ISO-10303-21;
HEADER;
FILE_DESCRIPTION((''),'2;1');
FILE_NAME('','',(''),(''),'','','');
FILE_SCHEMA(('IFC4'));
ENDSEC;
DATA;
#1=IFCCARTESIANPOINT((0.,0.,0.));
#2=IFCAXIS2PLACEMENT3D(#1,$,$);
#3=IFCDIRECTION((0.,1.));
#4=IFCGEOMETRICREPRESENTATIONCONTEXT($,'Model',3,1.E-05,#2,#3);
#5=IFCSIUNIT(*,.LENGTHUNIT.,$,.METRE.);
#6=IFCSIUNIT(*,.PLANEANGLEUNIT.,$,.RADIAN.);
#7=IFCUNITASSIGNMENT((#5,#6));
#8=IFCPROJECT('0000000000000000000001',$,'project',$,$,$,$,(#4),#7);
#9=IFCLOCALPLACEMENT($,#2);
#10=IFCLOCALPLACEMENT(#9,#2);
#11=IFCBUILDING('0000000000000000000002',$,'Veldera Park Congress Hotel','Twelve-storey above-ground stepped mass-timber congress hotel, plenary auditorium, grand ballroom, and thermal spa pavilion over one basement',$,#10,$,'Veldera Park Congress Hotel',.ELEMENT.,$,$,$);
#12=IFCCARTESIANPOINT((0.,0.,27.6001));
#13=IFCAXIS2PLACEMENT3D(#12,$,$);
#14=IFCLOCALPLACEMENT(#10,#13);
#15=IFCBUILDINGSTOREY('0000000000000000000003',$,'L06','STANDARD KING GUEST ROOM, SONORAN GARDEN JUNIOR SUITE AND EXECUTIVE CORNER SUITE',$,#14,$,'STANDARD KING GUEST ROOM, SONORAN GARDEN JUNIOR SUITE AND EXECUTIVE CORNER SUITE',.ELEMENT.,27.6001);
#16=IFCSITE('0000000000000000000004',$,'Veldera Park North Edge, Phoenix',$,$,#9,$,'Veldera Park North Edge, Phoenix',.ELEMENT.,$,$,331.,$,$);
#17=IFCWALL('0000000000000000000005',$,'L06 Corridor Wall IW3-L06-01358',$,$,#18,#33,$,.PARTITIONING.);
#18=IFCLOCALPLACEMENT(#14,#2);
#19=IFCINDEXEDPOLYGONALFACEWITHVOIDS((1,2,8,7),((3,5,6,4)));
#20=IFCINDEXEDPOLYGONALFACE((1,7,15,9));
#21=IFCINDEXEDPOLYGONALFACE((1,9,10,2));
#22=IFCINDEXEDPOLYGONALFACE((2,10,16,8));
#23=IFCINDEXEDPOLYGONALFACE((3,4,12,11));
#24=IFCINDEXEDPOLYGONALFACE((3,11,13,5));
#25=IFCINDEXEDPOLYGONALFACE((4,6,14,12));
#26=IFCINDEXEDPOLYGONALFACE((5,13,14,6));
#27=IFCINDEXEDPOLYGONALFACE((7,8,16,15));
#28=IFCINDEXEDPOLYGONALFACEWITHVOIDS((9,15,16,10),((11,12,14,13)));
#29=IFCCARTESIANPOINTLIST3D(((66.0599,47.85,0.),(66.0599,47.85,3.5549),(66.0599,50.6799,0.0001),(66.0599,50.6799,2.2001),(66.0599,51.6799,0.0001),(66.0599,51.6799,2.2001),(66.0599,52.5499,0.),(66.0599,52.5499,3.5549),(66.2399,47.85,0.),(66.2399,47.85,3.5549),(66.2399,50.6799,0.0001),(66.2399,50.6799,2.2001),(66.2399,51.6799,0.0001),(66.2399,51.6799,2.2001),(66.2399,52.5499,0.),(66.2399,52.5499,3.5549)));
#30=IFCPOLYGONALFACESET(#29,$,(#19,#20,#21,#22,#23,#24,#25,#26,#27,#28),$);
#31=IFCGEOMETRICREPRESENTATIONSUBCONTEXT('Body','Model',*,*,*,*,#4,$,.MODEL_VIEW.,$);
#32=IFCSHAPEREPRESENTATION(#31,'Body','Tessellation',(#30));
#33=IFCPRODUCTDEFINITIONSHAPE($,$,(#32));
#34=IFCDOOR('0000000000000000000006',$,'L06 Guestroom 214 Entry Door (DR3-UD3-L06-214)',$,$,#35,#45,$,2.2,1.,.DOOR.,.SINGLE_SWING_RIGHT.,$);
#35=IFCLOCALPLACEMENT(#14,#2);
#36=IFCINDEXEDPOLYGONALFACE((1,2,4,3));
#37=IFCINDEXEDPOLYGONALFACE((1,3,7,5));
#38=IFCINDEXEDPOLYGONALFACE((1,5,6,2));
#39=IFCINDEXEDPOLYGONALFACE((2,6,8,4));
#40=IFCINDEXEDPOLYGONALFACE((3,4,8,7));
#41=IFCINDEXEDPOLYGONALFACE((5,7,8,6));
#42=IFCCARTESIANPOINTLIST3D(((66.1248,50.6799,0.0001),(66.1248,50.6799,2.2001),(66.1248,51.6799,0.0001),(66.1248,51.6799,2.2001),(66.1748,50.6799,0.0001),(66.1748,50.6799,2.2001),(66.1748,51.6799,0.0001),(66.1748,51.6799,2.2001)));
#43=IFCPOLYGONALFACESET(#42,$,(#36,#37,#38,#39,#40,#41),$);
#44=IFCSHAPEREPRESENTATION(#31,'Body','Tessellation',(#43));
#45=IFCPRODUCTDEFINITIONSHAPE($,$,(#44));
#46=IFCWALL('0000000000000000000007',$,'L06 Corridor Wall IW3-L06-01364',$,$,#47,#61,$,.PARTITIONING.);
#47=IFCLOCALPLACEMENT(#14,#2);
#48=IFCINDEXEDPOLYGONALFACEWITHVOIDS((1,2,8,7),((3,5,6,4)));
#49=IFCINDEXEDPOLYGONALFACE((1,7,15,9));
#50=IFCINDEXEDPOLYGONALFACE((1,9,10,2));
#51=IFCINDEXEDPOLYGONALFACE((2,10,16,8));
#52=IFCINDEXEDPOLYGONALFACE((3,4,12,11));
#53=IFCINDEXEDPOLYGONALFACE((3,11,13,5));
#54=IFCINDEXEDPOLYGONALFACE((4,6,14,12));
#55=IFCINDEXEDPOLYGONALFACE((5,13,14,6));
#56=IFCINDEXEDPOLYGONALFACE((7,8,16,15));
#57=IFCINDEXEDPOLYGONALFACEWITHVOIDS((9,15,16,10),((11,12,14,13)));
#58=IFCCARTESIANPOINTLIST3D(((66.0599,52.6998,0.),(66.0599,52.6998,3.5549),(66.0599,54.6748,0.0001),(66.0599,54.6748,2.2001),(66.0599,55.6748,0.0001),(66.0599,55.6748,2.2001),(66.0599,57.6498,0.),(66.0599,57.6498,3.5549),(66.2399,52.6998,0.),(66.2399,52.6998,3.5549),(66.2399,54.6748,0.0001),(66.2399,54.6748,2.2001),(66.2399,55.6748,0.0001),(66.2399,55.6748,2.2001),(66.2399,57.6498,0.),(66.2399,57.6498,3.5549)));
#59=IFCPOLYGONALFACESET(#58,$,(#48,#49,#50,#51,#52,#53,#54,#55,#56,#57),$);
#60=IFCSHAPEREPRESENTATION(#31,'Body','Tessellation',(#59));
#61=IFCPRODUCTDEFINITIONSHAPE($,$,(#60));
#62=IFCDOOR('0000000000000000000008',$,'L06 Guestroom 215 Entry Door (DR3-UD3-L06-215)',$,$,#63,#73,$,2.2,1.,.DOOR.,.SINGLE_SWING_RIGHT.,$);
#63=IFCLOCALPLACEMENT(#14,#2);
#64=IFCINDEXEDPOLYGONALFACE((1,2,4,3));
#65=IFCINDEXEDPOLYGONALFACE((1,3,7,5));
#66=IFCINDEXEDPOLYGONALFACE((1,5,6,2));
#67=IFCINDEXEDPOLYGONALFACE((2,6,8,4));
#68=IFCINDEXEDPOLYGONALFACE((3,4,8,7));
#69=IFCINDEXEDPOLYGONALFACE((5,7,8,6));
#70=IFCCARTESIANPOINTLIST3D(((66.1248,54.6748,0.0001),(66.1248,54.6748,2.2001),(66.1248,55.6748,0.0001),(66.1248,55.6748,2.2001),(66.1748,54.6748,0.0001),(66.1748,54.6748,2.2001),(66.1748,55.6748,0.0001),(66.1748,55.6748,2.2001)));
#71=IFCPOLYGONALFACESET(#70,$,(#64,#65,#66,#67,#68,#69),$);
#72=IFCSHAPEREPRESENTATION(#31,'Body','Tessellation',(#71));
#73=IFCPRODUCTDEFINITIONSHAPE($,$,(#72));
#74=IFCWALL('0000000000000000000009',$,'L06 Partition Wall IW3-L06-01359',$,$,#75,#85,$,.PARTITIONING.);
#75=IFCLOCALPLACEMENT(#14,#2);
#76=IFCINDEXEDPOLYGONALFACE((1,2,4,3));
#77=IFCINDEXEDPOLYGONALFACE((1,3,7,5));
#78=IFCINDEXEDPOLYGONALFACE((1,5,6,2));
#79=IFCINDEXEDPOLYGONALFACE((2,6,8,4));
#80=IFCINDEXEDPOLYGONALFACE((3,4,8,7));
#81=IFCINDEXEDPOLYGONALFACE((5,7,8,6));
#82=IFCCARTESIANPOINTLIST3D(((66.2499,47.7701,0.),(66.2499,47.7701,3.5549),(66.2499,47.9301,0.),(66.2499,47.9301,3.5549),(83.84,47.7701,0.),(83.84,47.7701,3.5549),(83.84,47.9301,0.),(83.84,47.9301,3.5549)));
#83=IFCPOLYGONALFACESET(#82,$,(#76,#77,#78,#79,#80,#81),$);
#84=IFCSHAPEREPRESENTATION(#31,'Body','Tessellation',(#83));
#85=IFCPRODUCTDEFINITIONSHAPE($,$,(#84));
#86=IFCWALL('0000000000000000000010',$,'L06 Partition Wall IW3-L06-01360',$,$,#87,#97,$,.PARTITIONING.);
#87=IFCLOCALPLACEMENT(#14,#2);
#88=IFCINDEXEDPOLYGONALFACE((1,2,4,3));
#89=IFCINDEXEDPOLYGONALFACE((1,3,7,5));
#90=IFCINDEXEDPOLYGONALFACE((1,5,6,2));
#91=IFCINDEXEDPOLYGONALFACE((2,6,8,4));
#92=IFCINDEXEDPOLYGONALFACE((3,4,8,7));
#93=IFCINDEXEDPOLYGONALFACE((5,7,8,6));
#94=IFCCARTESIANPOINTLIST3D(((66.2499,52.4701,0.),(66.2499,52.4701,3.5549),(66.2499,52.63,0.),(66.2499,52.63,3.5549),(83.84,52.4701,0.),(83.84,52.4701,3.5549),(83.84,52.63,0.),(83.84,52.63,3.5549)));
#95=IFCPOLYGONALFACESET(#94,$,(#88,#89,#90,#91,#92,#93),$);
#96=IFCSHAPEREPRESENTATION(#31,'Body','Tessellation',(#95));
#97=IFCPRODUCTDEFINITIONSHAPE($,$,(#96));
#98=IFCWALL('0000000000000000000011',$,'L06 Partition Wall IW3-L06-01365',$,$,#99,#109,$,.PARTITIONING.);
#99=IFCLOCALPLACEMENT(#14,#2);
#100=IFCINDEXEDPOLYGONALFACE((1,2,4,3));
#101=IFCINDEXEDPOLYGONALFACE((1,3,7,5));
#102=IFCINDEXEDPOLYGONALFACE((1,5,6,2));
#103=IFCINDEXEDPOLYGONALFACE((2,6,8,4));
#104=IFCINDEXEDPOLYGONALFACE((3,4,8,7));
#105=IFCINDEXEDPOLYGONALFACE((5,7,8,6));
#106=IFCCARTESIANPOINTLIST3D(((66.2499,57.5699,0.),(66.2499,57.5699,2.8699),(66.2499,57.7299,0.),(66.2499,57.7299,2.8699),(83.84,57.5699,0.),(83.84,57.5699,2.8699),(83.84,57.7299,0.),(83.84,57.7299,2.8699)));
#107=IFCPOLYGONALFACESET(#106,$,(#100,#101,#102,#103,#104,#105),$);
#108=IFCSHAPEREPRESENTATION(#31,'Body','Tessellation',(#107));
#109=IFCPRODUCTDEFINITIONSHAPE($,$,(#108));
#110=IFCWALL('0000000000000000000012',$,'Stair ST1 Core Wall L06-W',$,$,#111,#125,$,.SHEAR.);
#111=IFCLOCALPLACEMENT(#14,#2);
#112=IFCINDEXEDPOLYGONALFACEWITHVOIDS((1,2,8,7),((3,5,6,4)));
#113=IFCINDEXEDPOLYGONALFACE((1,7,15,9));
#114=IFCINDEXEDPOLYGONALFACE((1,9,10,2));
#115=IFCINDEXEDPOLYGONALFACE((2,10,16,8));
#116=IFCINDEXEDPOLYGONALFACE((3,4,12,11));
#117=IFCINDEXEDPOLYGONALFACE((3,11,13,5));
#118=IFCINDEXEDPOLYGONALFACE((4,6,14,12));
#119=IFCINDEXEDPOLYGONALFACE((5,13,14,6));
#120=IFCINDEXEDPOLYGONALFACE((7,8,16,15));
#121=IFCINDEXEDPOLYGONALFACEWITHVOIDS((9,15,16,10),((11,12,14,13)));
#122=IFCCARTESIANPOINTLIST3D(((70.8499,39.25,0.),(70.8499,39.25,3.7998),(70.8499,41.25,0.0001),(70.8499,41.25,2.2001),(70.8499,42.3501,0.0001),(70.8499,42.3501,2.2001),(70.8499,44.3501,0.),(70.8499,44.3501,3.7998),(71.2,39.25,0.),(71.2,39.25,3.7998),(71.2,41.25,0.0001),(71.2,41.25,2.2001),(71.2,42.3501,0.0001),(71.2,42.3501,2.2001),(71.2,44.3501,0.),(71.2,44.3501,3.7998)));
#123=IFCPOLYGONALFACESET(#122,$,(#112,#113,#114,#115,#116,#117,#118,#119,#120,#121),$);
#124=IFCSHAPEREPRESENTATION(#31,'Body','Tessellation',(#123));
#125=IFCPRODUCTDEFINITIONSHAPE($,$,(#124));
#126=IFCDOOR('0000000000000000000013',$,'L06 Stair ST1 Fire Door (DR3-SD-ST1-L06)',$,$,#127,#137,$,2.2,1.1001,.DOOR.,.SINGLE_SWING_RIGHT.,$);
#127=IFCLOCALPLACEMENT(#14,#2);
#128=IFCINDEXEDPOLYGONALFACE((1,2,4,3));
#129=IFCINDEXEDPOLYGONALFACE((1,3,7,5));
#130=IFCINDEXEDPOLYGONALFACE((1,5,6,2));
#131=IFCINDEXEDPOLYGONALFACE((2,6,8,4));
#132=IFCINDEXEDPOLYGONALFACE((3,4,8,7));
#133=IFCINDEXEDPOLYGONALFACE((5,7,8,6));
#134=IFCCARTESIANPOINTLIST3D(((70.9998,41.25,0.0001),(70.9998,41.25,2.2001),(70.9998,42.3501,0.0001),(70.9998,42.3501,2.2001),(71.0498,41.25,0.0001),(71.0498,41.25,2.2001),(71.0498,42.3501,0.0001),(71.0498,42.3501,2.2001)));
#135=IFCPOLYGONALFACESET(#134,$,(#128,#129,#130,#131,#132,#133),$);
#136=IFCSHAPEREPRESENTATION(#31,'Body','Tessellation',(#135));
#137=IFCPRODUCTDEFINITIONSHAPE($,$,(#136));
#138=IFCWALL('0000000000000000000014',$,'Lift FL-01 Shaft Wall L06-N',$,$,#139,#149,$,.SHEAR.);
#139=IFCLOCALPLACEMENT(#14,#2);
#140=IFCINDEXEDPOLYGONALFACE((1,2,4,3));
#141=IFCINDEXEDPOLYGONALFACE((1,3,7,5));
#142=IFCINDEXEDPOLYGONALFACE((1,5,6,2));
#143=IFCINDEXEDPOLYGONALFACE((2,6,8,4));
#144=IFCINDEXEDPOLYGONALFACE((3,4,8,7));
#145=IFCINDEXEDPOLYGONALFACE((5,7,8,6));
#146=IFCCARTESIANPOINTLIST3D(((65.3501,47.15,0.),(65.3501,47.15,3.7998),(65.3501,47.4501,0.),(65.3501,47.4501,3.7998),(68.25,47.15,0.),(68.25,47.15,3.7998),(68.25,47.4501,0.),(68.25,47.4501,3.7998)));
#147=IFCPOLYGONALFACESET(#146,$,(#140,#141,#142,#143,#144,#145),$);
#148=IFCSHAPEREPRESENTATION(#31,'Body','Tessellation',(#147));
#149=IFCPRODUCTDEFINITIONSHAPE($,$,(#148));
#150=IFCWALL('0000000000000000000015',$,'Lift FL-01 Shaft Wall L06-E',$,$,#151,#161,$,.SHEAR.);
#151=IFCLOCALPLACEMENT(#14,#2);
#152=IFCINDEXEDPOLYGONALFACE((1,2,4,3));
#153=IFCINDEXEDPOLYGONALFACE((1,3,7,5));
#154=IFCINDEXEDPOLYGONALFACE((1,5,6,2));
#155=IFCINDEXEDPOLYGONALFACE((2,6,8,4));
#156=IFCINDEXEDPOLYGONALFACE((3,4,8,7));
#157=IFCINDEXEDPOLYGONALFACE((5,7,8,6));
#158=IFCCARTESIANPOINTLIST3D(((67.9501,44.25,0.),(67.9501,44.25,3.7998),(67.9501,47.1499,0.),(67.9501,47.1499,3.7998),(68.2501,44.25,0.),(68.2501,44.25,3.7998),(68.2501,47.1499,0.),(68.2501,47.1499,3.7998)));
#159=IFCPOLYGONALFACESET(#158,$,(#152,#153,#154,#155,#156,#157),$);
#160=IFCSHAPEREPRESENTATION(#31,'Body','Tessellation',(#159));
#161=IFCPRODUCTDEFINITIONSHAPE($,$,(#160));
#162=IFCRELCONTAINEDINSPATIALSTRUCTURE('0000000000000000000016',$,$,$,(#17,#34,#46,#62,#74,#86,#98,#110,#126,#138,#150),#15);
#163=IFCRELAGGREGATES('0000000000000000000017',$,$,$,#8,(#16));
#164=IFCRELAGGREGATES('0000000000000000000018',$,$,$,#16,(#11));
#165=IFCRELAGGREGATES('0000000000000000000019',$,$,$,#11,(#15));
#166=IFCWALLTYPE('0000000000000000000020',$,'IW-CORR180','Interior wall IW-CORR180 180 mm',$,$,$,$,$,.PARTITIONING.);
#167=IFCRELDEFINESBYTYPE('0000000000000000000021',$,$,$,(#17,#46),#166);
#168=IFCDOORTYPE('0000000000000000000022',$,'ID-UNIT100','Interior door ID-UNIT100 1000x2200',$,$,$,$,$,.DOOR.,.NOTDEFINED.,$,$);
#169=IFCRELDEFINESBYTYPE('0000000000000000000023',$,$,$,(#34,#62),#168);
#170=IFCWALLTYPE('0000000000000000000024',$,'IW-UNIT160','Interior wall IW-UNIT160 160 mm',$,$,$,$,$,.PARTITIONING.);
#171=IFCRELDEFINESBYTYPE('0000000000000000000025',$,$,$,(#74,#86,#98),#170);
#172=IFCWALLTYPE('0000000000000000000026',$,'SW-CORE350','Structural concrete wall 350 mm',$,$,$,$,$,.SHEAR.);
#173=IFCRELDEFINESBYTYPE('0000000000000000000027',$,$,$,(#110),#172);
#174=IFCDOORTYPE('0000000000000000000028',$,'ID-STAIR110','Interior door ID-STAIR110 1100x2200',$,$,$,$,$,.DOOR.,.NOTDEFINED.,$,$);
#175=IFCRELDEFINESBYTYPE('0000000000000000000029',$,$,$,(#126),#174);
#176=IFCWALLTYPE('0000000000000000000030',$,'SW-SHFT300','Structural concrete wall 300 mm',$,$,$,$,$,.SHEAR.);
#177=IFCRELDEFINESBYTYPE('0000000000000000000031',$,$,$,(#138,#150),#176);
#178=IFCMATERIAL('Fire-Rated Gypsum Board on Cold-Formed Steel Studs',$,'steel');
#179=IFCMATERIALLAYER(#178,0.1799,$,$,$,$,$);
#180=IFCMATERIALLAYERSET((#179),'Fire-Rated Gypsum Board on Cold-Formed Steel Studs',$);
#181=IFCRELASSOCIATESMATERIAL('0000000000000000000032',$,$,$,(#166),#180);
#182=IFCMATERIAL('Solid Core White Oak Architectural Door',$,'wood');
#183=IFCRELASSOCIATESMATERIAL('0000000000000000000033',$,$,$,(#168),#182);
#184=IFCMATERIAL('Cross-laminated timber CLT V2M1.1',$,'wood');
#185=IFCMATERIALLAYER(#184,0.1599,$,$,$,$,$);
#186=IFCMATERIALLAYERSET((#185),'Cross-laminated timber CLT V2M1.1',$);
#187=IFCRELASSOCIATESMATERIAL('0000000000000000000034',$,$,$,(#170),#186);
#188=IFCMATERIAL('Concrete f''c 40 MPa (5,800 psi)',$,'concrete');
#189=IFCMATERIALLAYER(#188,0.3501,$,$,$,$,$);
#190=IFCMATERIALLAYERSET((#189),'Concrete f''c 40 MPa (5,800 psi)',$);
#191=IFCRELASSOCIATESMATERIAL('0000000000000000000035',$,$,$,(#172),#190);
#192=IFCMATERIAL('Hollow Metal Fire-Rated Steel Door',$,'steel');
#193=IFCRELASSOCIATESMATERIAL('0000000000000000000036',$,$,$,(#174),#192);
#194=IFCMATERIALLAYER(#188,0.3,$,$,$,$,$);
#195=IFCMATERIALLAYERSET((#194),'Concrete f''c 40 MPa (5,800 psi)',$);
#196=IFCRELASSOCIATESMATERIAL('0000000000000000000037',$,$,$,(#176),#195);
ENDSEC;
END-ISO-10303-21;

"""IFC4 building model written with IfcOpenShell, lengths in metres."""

from ifc_helpers import new_model, si_unit, direction, frame, frame_2d, origin, place, context, subcontext, project, spatial, rectangle, extrude, material, layer, layer_set, type_object, element, fill, save


model = new_model("IFC4")

# Units and contexts
model_context = context("Model", 3, precision=1e-05, world=origin(), true_north=direction((0.0, 1.0)))
body_context = subcontext(model_context, "Body", "Model", "MODEL_VIEW")
ifc_project = project(units=[si_unit("LENGTHUNIT", "METRE"), si_unit("PLANEANGLEUNIT", "RADIAN")], contexts=[model_context])

# Site, building, storey
site_placement = place(None, origin())
site = spatial("IfcSite", under=ifc_project, at=site_placement, Name="Veldera Park North Edge, Phoenix", LongName="Veldera Park North Edge, Phoenix", CompositionType="ELEMENT", RefElevation=331.0)
building_placement = place(site_placement, origin())
building = spatial("IfcBuilding", under=site, at=building_placement, Name="Veldera Park Congress Hotel", Description="Twelve-storey above-ground stepped mass-timber congress hotel, plenary auditorium, grand ballroom, and thermal spa pavilion over one basement", LongName="Veldera Park Congress Hotel", CompositionType="ELEMENT")
storey_placement = place(building_placement, frame((0.0, 0.0, 27.6001)))
storey = spatial("IfcBuildingStorey", under=building, at=storey_placement, Name="L06", Description="STANDARD KING GUEST ROOM, SONORAN GARDEN JUNIOR SUITE AND EXECUTIVE CORNER SUITE", LongName="STANDARD KING GUEST ROOM, SONORAN GARDEN JUNIOR SUITE AND EXECUTIVE CORNER SUITE", CompositionType="ELEMENT", Elevation=27.6001)

# Shared definitions
ifc_material_1 = material(Name="Cross-laminated timber CLT V2M1.1", Category="wood")

# Walls, openings, doors
ifc_material_2 = material(Name="Fire-Rated Gypsum Board on Cold-Formed Steel Studs", Category="steel")
ifc_layer_1 = layer(ifc_material_2, 0.1799)
ifc_layer_set_1 = layer_set([ifc_layer_1], Name="Fire-Rated Gypsum Board on Cold-Formed Steel Studs")
wall_type_1 = type_object("IfcWallType", Name="IW-CORR180", Description="Interior wall IW-CORR180 180 mm", PredefinedType="PARTITIONING", material=ifc_layer_set_1)
wall_1_placement = place(storey_placement, frame((66.1499, 52.55, 0.0), z_axis=(0.0, 0.0, 1.0), x_axis=(0.0, -1.0, 0.0)))
wall_1 = element("IfcWall", 1, at=wall_1_placement, inside=storey, type_object=wall_type_1, Name="L06 Corridor Wall IW3-L06-01358", PredefinedType="PARTITIONING", context=body_context, shape_type="SweptSolid", body=[
    extrude(rectangle(XDim=4.7, YDim=0.1799, at=frame_2d((2.3501, 0.0))), origin(), (0.0, 0.0, 1.0), 3.5549),
])
opening_1_placement = place(wall_1_placement, frame((0.8701, 0.0, 0.0)))
opening_1 = element("IfcOpeningElement", 2, at=opening_1_placement, cuts=wall_1, PredefinedType="OPENING", context=body_context, shape_type="SweptSolid", body=[
    extrude(rectangle(XDim=1.0, YDim=2.2, at=frame_2d((0.5, 1.1001))), frame((0.0, 0.1021, 0.0), z_axis=(0.0, -1.0, 0.0), x_axis=(1.0, 0.0, 0.0)), (0.0, 0.0, 1.0), 0.2039),
])
ifc_material_3 = material(Name="Solid Core White Oak Architectural Door", Category="wood")
door_type_1 = type_object("IfcDoorType", Name="ID-UNIT100", Description="Interior door ID-UNIT100 1000x2200", OperationType="NOTDEFINED", PredefinedType="DOOR", material=ifc_material_3)
door_1_placement = place(opening_1_placement, origin())
door_1 = element("IfcDoor", 3, at=door_1_placement, inside=storey, type_object=door_type_1, Name="L06 Guestroom 214 Entry Door (DR3-UD3-L06-214)", OperationType="SINGLE_SWING_RIGHT", OverallHeight=2.2, OverallWidth=1.0, PredefinedType="DOOR", context=body_context, shape_type="SweptSolid", body=[
    extrude(rectangle(XDim=1.0, YDim=2.2, at=frame_2d((0.5, 1.1001))), frame((0.0, 0.0249, 0.0), z_axis=(0.0, -1.0, 0.0), x_axis=(1.0, 0.0, 0.0)), (0.0, 0.0, 1.0), 0.05),
])
fill(opening_1, door_1)
wall_2_placement = place(storey_placement, frame((66.1499, 57.6499, 0.0), z_axis=(0.0, 0.0, 1.0), x_axis=(0.0, -1.0, 0.0)))
wall_2 = element("IfcWall", 4, at=wall_2_placement, inside=storey, type_object=wall_type_1, Name="L06 Corridor Wall IW3-L06-01364", PredefinedType="PARTITIONING", context=body_context, shape_type="SweptSolid", body=[
    extrude(rectangle(XDim=4.95, YDim=0.1799, at=frame_2d((2.4751, 0.0))), origin(), (0.0, 0.0, 1.0), 3.5549),
])
opening_2_placement = place(wall_2_placement, frame((1.9751, 0.0, 0.0)))
opening_2 = element("IfcOpeningElement", 5, at=opening_2_placement, cuts=wall_2, PredefinedType="OPENING", context=body_context, shape_type="SweptSolid", body=[
    extrude(rectangle(XDim=1.0, YDim=2.2, at=frame_2d((0.5, 1.1001))), frame((0.0, 0.1021, 0.0), z_axis=(0.0, -1.0, 0.0), x_axis=(1.0, 0.0, 0.0)), (0.0, 0.0, 1.0), 0.2039),
])
door_2_placement = place(opening_2_placement, origin())
door_2 = element("IfcDoor", 6, at=door_2_placement, inside=storey, type_object=door_type_1, Name="L06 Guestroom 215 Entry Door (DR3-UD3-L06-215)", OperationType="SINGLE_SWING_RIGHT", OverallHeight=2.2, OverallWidth=1.0, PredefinedType="DOOR", context=body_context, shape_type="SweptSolid", body=[
    extrude(rectangle(XDim=1.0, YDim=2.2, at=frame_2d((0.5, 1.1001))), frame((0.0, 0.0249, 0.0), z_axis=(0.0, -1.0, 0.0), x_axis=(1.0, 0.0, 0.0)), (0.0, 0.0, 1.0), 0.05),
])
fill(opening_2, door_2)

# Walls
ifc_layer_2 = layer(ifc_material_1, 0.1599)
ifc_layer_set_2 = layer_set([ifc_layer_2], Name="Cross-laminated timber CLT V2M1.1")
wall_type_2 = type_object("IfcWallType", Name="IW-UNIT160", Description="Interior wall IW-UNIT160 160 mm", PredefinedType="PARTITIONING", material=ifc_layer_set_2)
for number, where, z_axis, x_axis, name in (
    (7, (66.25, 47.8501, 0.0), (0.0, 0.0, 1.0), (1.0, 0.0, 0.0), "L06 Partition Wall IW3-L06-01359"),
    (8, (66.25, 52.55, 0.0), (0.0, 0.0, 1.0), (1.0, 0.0, 0.0), "L06 Partition Wall IW3-L06-01360"),
):
    element("IfcWall", number, at=place(storey_placement, frame(where, z_axis=z_axis, x_axis=x_axis)), inside=storey, type_object=wall_type_2, Name=name, PredefinedType="PARTITIONING", context=body_context, shape_type="SweptSolid", body=[
        extrude(rectangle(XDim=17.5901, YDim=0.1599, at=frame_2d((8.7949, 0.0))), origin(), (0.0, 0.0, 1.0), 3.5549),
    ])
wall_3_placement = place(storey_placement, frame((66.25, 57.6499, 0.0), z_axis=(0.0, 0.0, 1.0), x_axis=(1.0, 0.0, 0.0)))
element("IfcWall", 9, at=wall_3_placement, inside=storey, type_object=wall_type_2, Name="L06 Partition Wall IW3-L06-01365", PredefinedType="PARTITIONING", context=body_context, shape_type="SweptSolid", body=[
    extrude(rectangle(XDim=17.5901, YDim=0.1599, at=frame_2d((8.7949, 0.0))), origin(), (0.0, 0.0, 1.0), 2.8699),
])

# Wall, opening, door
ifc_material_4 = material(Name="Concrete f'c 40 MPa (5,800 psi)", Category="concrete")
ifc_layer_3 = layer(ifc_material_4, 0.3501)
ifc_layer_set_3 = layer_set([ifc_layer_3], Name="Concrete f'c 40 MPa (5,800 psi)")
wall_type_3 = type_object("IfcWallType", Name="SW-CORE350", Description="Structural concrete wall 350 mm", PredefinedType="SHEAR", material=ifc_layer_set_3)
wall_4_placement = place(storey_placement, frame((71.0249, 44.3501, 0.0), z_axis=(0.0, 0.0, 1.0), x_axis=(0.0, -1.0, 0.0)))
wall_4 = element("IfcWall", 10, at=wall_4_placement, inside=storey, type_object=wall_type_3, Name="Stair ST1 Core Wall L06-W", PredefinedType="SHEAR", context=body_context, shape_type="SweptSolid", body=[
    extrude(rectangle(XDim=5.1001, YDim=0.3501, at=frame_2d((2.55, 0.0))), origin(), (0.0, 0.0, 1.0), 3.7998),
])
opening_3_placement = place(wall_4_placement, frame((2.0, 0.0, 0.0)))
opening_3 = element("IfcOpeningElement", 11, at=opening_3_placement, cuts=wall_4, PredefinedType="OPENING", context=body_context, shape_type="SweptSolid", body=[
    extrude(rectangle(XDim=1.1001, YDim=2.2, at=frame_2d((0.55, 1.1001))), frame((0.0, 0.187, 0.0), z_axis=(0.0, -1.0, 0.0), x_axis=(1.0, 0.0, 0.0)), (0.0, 0.0, 1.0), 0.374),
])
ifc_material_5 = material(Name="Hollow Metal Fire-Rated Steel Door", Category="steel")
door_type_2 = type_object("IfcDoorType", Name="ID-STAIR110", Description="Interior door ID-STAIR110 1100x2200", OperationType="NOTDEFINED", PredefinedType="DOOR", material=ifc_material_5)
door_3_placement = place(opening_3_placement, origin())
door_3 = element("IfcDoor", 12, at=door_3_placement, inside=storey, type_object=door_type_2, Name="L06 Stair ST1 Fire Door (DR3-SD-ST1-L06)", OperationType="SINGLE_SWING_RIGHT", OverallHeight=2.2, OverallWidth=1.1001, PredefinedType="DOOR", context=body_context, shape_type="SweptSolid", body=[
    extrude(rectangle(XDim=1.1001, YDim=2.2, at=frame_2d((0.55, 1.1001))), frame((0.0, 0.0249, 0.0), z_axis=(0.0, -1.0, 0.0), x_axis=(1.0, 0.0, 0.0)), (0.0, 0.0, 1.0), 0.05),
])
fill(opening_3, door_3)

# Walls
ifc_layer_4 = layer(ifc_material_4, 0.3)
ifc_layer_set_4 = layer_set([ifc_layer_4], Name="Concrete f'c 40 MPa (5,800 psi)")
wall_type_4 = type_object("IfcWallType", Name="SW-SHFT300", Description="Structural concrete wall 300 mm", PredefinedType="SHEAR", material=ifc_layer_set_4)
for number, where, z_axis, x_axis, name in (
    (13, (68.25, 47.3, 0.0), (0.0, 0.0, 1.0), (-1.0, 0.0, 0.0), "Lift FL-01 Shaft Wall L06-N"),
    (14, (68.1001, 44.25, 0.0), (0.0, 0.0, 1.0), (0.0, 1.0, 0.0), "Lift FL-01 Shaft Wall L06-E"),
):
    element("IfcWall", number, at=place(storey_placement, frame(where, z_axis=z_axis, x_axis=x_axis)), inside=storey, type_object=wall_type_4, Name=name, PredefinedType="SHEAR", context=body_context, shape_type="SweptSolid", body=[
        extrude(rectangle(XDim=2.8999, YDim=0.3, at=frame_2d((1.45, 0.0))), origin(), (0.0, 0.0, 1.0), 3.7998),
    ])

save(model, "model.ifc")
